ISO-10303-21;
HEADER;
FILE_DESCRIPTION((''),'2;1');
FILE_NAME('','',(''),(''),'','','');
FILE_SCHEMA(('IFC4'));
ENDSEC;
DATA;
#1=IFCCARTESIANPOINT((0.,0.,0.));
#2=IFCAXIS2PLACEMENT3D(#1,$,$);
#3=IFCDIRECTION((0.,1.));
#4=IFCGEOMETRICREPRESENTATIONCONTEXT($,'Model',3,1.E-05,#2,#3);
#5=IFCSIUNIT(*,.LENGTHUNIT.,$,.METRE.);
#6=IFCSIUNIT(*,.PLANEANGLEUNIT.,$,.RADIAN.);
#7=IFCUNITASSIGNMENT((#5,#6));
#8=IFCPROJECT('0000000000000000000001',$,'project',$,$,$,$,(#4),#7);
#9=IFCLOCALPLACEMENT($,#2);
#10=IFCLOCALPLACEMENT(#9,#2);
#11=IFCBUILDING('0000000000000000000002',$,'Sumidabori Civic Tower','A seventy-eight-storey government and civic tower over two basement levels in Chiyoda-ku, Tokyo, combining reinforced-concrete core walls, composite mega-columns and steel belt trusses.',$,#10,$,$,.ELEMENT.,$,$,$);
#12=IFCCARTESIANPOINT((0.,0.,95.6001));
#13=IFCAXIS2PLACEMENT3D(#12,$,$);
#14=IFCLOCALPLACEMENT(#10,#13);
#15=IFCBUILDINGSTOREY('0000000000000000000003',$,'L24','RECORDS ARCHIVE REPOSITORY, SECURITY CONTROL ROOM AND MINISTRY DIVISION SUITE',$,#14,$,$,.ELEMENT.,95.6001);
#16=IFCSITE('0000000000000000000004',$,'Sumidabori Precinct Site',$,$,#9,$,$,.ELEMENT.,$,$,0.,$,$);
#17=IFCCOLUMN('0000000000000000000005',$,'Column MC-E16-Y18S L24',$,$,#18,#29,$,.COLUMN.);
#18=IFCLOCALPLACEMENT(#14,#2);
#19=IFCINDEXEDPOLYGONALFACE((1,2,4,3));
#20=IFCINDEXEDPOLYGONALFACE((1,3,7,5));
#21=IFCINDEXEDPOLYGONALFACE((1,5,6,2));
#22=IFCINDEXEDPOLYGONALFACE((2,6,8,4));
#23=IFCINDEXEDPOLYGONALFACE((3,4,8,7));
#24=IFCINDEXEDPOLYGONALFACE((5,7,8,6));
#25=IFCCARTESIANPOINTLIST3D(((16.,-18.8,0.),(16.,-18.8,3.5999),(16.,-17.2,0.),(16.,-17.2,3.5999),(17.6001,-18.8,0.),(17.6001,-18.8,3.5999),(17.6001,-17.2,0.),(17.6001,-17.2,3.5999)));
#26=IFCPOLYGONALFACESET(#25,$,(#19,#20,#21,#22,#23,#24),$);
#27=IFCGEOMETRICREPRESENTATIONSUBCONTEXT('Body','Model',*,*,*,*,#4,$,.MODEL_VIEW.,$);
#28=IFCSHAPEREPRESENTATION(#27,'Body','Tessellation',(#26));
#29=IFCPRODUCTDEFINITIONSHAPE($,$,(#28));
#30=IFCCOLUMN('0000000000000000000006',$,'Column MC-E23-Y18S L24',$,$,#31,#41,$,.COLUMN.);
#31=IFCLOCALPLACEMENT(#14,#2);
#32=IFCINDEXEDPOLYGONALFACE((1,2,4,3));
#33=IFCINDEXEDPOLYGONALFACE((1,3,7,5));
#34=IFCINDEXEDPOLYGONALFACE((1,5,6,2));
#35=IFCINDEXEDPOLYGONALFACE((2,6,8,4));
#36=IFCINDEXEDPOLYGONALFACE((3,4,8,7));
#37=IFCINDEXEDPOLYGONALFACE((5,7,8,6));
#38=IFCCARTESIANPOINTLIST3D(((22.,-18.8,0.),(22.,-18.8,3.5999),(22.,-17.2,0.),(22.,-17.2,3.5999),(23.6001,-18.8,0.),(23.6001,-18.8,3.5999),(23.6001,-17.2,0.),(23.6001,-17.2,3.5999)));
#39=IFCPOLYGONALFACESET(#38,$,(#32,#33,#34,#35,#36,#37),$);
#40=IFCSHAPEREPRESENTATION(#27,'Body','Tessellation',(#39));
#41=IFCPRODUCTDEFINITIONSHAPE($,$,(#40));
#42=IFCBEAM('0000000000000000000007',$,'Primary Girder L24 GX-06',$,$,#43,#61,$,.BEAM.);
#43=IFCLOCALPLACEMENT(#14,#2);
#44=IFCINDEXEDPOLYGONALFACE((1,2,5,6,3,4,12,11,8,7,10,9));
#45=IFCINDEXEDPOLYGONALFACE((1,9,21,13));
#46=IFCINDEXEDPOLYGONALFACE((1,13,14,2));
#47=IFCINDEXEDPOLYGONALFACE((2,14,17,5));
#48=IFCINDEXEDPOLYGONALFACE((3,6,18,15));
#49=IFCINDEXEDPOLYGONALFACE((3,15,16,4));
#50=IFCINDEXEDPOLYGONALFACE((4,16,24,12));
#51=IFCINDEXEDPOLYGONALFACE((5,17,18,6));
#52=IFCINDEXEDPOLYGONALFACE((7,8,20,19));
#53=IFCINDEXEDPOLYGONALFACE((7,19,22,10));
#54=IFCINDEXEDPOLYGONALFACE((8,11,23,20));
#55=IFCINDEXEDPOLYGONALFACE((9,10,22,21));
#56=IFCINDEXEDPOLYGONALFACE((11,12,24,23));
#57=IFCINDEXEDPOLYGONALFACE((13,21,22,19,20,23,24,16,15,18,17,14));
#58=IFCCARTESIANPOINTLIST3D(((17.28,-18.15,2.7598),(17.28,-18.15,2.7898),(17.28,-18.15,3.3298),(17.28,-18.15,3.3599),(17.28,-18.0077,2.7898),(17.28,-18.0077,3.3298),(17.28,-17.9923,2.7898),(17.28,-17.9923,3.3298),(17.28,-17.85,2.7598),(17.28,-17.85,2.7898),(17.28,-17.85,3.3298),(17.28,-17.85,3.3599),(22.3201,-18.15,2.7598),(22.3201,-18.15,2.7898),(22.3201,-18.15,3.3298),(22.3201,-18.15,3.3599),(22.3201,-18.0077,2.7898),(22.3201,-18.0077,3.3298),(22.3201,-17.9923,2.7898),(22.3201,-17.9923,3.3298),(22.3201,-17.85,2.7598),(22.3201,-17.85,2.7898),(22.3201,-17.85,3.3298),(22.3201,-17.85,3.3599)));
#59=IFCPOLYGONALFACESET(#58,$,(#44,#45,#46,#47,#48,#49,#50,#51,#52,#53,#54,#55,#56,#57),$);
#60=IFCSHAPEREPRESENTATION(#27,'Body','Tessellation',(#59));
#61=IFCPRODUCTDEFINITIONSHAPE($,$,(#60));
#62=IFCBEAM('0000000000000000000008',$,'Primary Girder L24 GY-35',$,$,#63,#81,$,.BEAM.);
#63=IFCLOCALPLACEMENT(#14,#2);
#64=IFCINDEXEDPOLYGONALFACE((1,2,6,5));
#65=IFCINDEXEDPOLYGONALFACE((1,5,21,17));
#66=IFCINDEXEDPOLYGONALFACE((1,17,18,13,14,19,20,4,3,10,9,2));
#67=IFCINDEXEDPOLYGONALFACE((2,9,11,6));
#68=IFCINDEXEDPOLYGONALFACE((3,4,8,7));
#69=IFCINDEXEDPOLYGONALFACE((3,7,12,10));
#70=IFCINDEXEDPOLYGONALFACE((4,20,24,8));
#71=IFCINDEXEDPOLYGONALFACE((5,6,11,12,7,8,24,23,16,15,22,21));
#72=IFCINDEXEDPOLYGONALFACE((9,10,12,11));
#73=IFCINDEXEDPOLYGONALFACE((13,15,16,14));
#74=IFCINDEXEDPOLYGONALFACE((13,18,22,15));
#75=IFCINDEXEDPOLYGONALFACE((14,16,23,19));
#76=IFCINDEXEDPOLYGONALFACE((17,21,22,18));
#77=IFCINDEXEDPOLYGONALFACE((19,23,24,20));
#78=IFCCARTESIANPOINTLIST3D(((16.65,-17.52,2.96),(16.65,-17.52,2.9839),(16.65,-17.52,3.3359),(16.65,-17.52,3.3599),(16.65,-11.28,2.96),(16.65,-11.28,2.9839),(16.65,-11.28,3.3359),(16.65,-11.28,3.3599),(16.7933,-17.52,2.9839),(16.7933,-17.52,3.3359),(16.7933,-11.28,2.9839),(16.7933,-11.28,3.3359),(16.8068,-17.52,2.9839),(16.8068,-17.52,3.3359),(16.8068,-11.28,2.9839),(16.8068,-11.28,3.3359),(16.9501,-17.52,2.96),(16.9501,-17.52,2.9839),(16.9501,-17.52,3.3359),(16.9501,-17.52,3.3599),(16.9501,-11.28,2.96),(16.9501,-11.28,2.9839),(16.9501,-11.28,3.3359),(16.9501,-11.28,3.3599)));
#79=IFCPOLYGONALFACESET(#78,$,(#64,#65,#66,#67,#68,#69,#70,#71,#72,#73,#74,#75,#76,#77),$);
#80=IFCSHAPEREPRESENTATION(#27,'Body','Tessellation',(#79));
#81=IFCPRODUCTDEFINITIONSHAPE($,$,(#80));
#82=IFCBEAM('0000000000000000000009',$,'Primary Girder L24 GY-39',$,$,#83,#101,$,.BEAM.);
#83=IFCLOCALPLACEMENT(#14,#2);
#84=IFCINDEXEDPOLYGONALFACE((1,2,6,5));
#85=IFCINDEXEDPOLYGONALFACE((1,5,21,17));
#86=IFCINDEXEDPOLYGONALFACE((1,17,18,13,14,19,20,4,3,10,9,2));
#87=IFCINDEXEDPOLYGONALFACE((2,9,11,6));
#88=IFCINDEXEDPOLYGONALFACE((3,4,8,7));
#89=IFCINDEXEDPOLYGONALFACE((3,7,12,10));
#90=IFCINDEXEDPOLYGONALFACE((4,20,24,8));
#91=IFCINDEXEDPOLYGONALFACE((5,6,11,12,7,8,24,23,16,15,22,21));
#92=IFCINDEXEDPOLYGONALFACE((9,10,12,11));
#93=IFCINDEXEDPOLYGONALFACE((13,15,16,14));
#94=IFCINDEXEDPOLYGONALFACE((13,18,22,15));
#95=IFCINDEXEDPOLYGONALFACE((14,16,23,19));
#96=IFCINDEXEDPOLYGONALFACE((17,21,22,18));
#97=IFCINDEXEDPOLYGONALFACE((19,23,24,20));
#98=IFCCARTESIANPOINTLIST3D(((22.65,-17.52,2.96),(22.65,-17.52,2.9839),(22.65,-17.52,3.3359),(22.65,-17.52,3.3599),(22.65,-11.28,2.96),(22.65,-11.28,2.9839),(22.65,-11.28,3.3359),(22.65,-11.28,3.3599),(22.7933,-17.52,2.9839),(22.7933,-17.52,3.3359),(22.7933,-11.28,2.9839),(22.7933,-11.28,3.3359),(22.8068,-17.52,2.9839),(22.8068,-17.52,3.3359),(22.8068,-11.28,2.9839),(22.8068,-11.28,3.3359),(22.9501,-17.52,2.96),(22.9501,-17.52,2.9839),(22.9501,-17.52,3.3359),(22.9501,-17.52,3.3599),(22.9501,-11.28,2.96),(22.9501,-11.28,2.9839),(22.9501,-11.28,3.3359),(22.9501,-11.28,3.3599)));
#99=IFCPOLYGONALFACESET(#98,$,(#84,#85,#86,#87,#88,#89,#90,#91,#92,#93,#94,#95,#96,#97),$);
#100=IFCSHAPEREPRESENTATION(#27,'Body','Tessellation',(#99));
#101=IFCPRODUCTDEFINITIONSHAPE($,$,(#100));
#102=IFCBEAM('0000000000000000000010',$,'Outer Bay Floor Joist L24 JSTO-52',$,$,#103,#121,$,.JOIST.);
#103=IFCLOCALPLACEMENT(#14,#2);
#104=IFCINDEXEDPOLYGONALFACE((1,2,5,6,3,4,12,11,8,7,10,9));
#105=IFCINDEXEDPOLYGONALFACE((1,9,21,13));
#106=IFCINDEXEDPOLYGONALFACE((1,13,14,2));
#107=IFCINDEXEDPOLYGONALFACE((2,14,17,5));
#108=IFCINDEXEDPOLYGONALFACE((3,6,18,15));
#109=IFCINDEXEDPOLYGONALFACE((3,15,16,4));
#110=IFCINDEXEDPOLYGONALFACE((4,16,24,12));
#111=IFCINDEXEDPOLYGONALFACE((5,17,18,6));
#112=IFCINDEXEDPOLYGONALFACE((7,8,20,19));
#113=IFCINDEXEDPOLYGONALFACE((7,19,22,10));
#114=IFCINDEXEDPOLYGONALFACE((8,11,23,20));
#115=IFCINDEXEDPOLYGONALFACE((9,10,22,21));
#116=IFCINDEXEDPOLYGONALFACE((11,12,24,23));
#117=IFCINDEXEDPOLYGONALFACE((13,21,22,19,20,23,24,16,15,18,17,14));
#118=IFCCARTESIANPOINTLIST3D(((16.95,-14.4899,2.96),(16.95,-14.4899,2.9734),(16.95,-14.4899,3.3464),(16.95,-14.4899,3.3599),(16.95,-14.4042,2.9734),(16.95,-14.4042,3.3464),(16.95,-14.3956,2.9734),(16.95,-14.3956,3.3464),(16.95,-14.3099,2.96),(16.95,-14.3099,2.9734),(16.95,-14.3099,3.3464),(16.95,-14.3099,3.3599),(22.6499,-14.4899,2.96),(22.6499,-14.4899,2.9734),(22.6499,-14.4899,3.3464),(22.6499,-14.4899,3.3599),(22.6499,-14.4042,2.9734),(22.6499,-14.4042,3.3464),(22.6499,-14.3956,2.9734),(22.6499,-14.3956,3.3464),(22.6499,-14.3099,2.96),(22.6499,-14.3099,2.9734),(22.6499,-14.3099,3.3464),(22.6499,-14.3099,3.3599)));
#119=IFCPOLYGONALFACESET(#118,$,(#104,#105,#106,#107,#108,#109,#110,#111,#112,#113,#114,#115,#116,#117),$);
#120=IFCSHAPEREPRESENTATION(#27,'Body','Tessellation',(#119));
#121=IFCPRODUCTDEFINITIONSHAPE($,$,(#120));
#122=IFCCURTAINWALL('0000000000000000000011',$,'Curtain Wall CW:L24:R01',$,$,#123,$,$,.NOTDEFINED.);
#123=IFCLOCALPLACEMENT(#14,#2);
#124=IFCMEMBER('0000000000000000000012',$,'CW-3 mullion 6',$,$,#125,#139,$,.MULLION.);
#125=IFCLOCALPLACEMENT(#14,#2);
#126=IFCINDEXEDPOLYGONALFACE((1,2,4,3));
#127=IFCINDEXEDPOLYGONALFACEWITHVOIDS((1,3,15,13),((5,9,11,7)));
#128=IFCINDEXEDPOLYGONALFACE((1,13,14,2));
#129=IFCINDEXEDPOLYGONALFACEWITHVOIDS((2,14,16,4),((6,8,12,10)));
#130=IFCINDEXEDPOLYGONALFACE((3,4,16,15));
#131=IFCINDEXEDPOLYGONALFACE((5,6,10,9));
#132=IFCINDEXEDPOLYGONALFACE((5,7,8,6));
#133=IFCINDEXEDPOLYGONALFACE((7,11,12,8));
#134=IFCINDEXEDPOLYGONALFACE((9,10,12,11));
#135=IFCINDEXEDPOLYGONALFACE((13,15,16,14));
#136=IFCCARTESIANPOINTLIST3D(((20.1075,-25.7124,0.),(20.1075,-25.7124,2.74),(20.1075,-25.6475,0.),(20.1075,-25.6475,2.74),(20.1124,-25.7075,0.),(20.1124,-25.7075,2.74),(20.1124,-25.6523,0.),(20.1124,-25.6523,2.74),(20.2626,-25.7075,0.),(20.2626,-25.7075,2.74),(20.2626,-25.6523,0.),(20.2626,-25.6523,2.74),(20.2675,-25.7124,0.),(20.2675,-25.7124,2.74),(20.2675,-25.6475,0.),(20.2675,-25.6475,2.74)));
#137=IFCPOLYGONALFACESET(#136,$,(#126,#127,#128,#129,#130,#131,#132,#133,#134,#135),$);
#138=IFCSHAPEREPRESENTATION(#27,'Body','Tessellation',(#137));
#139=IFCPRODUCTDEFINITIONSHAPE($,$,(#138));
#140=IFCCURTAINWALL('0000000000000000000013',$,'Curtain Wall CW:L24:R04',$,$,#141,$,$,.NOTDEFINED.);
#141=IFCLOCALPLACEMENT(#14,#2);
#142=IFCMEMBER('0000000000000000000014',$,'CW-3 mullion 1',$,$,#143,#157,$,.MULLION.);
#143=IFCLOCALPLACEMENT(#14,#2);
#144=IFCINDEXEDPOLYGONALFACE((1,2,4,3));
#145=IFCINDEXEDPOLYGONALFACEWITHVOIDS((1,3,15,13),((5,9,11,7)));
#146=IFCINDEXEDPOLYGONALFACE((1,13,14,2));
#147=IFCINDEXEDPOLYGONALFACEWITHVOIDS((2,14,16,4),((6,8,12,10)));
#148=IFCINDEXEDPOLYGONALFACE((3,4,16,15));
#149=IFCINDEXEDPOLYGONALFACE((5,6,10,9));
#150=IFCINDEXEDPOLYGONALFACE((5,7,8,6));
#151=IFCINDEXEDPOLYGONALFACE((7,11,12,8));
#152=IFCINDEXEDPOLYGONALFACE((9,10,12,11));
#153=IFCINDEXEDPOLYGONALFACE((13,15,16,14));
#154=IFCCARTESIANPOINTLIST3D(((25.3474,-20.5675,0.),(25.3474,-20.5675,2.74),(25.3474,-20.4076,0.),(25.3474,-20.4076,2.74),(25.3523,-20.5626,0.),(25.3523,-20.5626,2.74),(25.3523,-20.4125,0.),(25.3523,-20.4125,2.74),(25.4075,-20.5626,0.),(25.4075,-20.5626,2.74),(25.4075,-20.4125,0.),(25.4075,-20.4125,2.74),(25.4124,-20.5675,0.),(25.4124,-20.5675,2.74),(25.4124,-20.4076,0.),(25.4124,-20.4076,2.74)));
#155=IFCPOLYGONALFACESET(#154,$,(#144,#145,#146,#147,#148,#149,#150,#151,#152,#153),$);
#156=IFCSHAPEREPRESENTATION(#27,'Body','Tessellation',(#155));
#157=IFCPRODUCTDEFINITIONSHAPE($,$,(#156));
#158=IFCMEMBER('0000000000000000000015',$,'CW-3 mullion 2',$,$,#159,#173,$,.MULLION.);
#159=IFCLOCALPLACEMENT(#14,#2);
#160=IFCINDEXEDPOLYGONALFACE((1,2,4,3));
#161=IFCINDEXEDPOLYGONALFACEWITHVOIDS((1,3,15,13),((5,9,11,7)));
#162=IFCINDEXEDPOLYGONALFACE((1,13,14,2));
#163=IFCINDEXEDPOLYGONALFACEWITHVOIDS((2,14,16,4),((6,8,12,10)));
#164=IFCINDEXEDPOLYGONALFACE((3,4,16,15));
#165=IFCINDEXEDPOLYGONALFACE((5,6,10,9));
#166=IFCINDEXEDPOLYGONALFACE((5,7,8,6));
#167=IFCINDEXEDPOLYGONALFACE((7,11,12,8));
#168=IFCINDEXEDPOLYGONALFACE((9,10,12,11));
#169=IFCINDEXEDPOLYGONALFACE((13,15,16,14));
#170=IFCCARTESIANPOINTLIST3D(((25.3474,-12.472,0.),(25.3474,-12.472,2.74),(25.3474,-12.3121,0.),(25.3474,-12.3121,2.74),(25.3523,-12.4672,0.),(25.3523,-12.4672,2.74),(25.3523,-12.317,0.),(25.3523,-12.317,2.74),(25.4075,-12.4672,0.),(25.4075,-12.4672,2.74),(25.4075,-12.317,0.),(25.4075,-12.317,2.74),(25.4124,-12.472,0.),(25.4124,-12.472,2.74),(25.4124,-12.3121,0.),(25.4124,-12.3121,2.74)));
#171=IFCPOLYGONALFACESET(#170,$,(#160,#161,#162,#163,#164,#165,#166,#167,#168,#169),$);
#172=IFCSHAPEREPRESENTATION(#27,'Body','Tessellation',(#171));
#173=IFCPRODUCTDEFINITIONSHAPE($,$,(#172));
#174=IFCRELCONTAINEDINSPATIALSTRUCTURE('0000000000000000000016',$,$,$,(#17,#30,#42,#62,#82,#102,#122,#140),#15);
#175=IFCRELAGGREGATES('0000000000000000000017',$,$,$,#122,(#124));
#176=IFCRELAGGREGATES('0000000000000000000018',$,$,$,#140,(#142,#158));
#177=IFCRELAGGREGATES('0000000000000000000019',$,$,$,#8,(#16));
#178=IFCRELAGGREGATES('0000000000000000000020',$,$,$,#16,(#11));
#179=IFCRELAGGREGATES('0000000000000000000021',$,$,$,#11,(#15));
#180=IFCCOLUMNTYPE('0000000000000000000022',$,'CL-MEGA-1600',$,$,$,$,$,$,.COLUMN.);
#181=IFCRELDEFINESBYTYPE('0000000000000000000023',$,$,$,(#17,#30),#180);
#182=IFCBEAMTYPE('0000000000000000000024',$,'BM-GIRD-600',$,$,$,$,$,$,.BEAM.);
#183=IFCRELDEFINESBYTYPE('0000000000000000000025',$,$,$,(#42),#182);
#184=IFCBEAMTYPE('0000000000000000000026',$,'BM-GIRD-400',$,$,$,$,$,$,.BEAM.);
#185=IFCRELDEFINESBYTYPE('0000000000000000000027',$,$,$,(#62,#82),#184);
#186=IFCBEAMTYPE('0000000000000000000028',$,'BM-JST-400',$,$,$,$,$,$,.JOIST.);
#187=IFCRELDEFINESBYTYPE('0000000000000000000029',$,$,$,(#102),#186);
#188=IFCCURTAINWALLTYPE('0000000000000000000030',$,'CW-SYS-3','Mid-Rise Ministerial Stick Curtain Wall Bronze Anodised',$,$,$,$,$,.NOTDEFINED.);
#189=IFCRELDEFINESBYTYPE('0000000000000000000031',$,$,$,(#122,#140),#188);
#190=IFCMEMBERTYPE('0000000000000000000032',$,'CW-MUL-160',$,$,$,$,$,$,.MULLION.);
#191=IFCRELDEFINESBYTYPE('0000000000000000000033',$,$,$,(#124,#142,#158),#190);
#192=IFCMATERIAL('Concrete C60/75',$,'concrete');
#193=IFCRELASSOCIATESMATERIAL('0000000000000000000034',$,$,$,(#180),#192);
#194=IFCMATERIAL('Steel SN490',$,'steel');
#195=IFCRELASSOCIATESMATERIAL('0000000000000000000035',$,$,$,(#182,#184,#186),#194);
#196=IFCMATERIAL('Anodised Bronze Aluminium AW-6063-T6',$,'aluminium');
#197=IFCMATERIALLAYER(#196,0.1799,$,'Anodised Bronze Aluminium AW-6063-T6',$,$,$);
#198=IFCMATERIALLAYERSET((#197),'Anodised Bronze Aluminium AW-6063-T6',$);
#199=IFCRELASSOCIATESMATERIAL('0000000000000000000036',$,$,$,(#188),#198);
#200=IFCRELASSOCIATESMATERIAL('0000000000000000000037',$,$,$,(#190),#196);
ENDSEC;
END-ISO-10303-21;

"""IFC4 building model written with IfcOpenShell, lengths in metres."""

from ifc_helpers import new_model, si_unit, direction, frame, origin, origin_2d, place, context, subcontext, project, spatial, rectangle, hollow_rectangle, i_section, extrude, source, transform, mapped, material, layer, layer_set, material_profile, profile_set, type_object, element, aggregate, save


model = new_model("IFC4")

# Units and contexts
model_context = context("Model", 3, precision=1e-05, world=origin(), true_north=direction((0.0, 1.0)))
body_context = subcontext(model_context, "Body", "Model", "MODEL_VIEW")
ifc_project = project(units=[si_unit("LENGTHUNIT", "METRE"), si_unit("PLANEANGLEUNIT", "RADIAN")], contexts=[model_context])

# Site, building, storey
site_placement = place(None, origin())
site = spatial("IfcSite", under=ifc_project, at=site_placement, Name="Sumidabori Precinct Site", CompositionType="ELEMENT", RefElevation=0.0)
building_placement = place(site_placement, origin())
building = spatial("IfcBuilding", under=site, at=building_placement, Name="Sumidabori Civic Tower", Description="A seventy-eight-storey government and civic tower over two basement levels in Chiyoda-ku, Tokyo, combining reinforced-concrete core walls, composite mega-columns and steel belt trusses.", CompositionType="ELEMENT")
storey_placement = place(building_placement, frame((0.0, 0.0, 95.6001)))
storey = spatial("IfcBuildingStorey", under=building, at=storey_placement, Name="L24", Description="RECORDS ARCHIVE REPOSITORY, SECURITY CONTROL ROOM AND MINISTRY DIVISION SUITE", CompositionType="ELEMENT", Elevation=95.6001)

# Columns
ifc_material_1 = material(Name="Concrete C60/75", Category="concrete")
ifc_material_profile_1 = material_profile(ifc_material_1, rectangle(XDim=1.6001, YDim=1.6001, at=origin_2d()), Name="RC 1600x1600")
ifc_profile_set_1 = profile_set([ifc_material_profile_1], Name="Concrete C60/75")
column_type = type_object("IfcColumnType", Name="CL-MEGA-1600", PredefinedType="COLUMN", material=ifc_profile_set_1)
shared_shape_1 = source(origin(), body_context, "Body", "SweptSolid", [
    extrude(rectangle(XDim=1.6001, YDim=1.6001, at=origin_2d()), origin(), (0.0, 0.0, 1.0), 3.5999),
])
for number, where, z_axis, x_axis, name in (
    (1, (16.8, -18.0, 0.0), (0.0, 0.0, 1.0), (1.0, 0.0, 0.0), "Column MC-E16-Y18S L24"),
    (2, (22.8, -18.0, 0.0), (0.0, 0.0, 1.0), (1.0, 0.0, 0.0), "Column MC-E23-Y18S L24"),
):
    element("IfcColumn", number, at=place(storey_placement, frame(where, z_axis=z_axis, x_axis=x_axis)), inside=storey, type_object=column_type, Name=name, PredefinedType="COLUMN", context=body_context, shape_type="MappedRepresentation", body=[
        mapped(shared_shape_1, transform((0.0, 0.0, 0.0), x_axis=(1.0, 0.0, 0.0), y_axis=(0.0, 1.0, 0.0), z_axis=(0.0, 0.0, 1.0), scale=1.0)),
    ])

# Beams
ifc_material_2 = material(Name="Steel SN490", Category="steel")
ifc_material_profile_2 = material_profile(ifc_material_2, i_section(OverallWidth=0.3, OverallDepth=0.6001, WebThickness=0.0154, FlangeThickness=0.03, at=origin_2d()), Name="HE 600 B")
ifc_profile_set_2 = profile_set([ifc_material_profile_2], Name="Steel SN490")
beam_type_1 = type_object("IfcBeamType", Name="BM-GIRD-600", PredefinedType="BEAM", material=ifc_profile_set_2)
shared_shape_2 = source(origin(), body_context, "Body", "SweptSolid", [
    extrude(i_section(OverallWidth=0.3, OverallDepth=0.6001, WebThickness=0.0154, FlangeThickness=0.03, at=origin_2d()), origin(), (0.0, 0.0, 1.0), 5.04),
])
beam_1_placement = place(storey_placement, frame((17.28, -18.0, 3.0598), z_axis=(1.0, 0.0, 0.0), x_axis=(0.0, 1.0, 0.0)))
element("IfcBeam", 3, at=beam_1_placement, inside=storey, type_object=beam_type_1, Name="Primary Girder L24 GX-06", PredefinedType="BEAM", context=body_context, shape_type="MappedRepresentation", body=[
    mapped(shared_shape_2, transform((0.0, 0.0, 0.0), x_axis=(1.0, 0.0, 0.0), y_axis=(0.0, 1.0, 0.0), z_axis=(0.0, 0.0, 1.0), scale=1.0)),
])
ifc_material_profile_3 = material_profile(ifc_material_2, i_section(OverallWidth=0.3, OverallDepth=0.3999, WebThickness=0.0134, FlangeThickness=0.0239, at=origin_2d()), Name="HE 400 B")
ifc_profile_set_3 = profile_set([ifc_material_profile_3], Name="Steel SN490")
beam_type_2 = type_object("IfcBeamType", Name="BM-GIRD-400", PredefinedType="BEAM", material=ifc_profile_set_3)
shared_shape_3 = source(origin(), body_context, "Body", "SweptSolid", [
    extrude(i_section(OverallWidth=0.3, OverallDepth=0.3999, WebThickness=0.0134, FlangeThickness=0.0239, at=origin_2d()), origin(), (0.0, 0.0, 1.0), 6.24),
])
for number, where, z_axis, x_axis, name in (
    (4, (16.8, -17.52, 3.1599), (0.0, 1.0, 0.0), (-1.0, 0.0, 0.0), "Primary Girder L24 GY-35"),
    (5, (22.8, -17.52, 3.1599), (0.0, 1.0, 0.0), (-1.0, 0.0, 0.0), "Primary Girder L24 GY-39"),
):
    element("IfcBeam", number, at=place(storey_placement, frame(where, z_axis=z_axis, x_axis=x_axis)), inside=storey, type_object=beam_type_2, Name=name, PredefinedType="BEAM", context=body_context, shape_type="MappedRepresentation", body=[
        mapped(shared_shape_3, transform((0.0, 0.0, 0.0), x_axis=(1.0, 0.0, 0.0), y_axis=(0.0, 1.0, 0.0), z_axis=(0.0, 0.0, 1.0), scale=1.0)),
    ])
ifc_material_profile_4 = material_profile(ifc_material_2, i_section(OverallWidth=0.1799, OverallDepth=0.3999, WebThickness=0.0085, FlangeThickness=0.0134, at=origin_2d()), Name="IPE 400")
ifc_profile_set_4 = profile_set([ifc_material_profile_4], Name="Steel SN490")
beam_type_3 = type_object("IfcBeamType", Name="BM-JST-400", PredefinedType="JOIST", material=ifc_profile_set_4)
shared_shape_4 = source(origin(), body_context, "Body", "SweptSolid", [
    extrude(i_section(OverallWidth=0.1799, OverallDepth=0.3999, WebThickness=0.0085, FlangeThickness=0.0134, at=origin_2d()), origin(), (0.0, 0.0, 1.0), 5.7),
])
beam_2_placement = place(storey_placement, frame((16.95, -14.3999, 3.1599), z_axis=(1.0, 0.0, 0.0), x_axis=(0.0, 1.0, 0.0)))
element("IfcBeam", 6, at=beam_2_placement, inside=storey, type_object=beam_type_3, Name="Outer Bay Floor Joist L24 JSTO-52", PredefinedType="JOIST", context=body_context, shape_type="MappedRepresentation", body=[
    mapped(shared_shape_4, transform((0.0, 0.0, 0.0), x_axis=(1.0, 0.0, 0.0), y_axis=(0.0, 1.0, 0.0), z_axis=(0.0, 0.0, 1.0), scale=1.0)),
])

# Curtain wall, member
ifc_material_3 = material(Name="Anodised Bronze Aluminium AW-6063-T6", Category="aluminium")
ifc_layer_1 = layer(ifc_material_3, 0.1799, Name="Anodised Bronze Aluminium AW-6063-T6")
ifc_layer_set_1 = layer_set([ifc_layer_1], Name="Anodised Bronze Aluminium AW-6063-T6")
curtain_wall_type = type_object("IfcCurtainWallType", Name="CW-SYS-3", Description="Mid-Rise Ministerial Stick Curtain Wall Bronze Anodised", PredefinedType="NOTDEFINED", material=ifc_layer_set_1)
curtain_wall_1_placement = place(storey_placement, origin())
curtain_wall_1 = element("IfcCurtainWall", 7, at=curtain_wall_1_placement, inside=storey, type_object=curtain_wall_type, Name="Curtain Wall CW:L24:R01", PredefinedType="NOTDEFINED")
ifc_material_profile_5 = material_profile(ifc_material_3, hollow_rectangle(XDim=0.0649, YDim=0.1599, WallThickness=0.0049, at=origin_2d()), Name="ALU MULLION 160x65")
ifc_profile_set_5 = profile_set([ifc_material_profile_5], Name="Anodised Bronze Aluminium AW-6063-T6")
member_type_1 = type_object("IfcMemberType", Name="CW-MUL-160", PredefinedType="MULLION", material=ifc_profile_set_5)
shared_shape_5 = source(origin(), body_context, "Body", "SweptSolid", [
    extrude(hollow_rectangle(XDim=0.0649, YDim=0.1599, WallThickness=0.0049, at=origin_2d()), origin(), (0.0, 0.0, 1.0), 2.74),
])
member_1_placement = place(storey_placement, frame((20.1875, -25.6799, 0.0), z_axis=(0.0, 0.0, 1.0), x_axis=(0.0, 1.0, 0.0)))
member_1 = element("IfcMember", 8, at=member_1_placement, type_object=member_type_1, Name="CW-3 mullion 6", PredefinedType="MULLION", context=body_context, shape_type="MappedRepresentation", body=[
    mapped(shared_shape_5, transform((0.0, 0.0, 0.0), x_axis=(1.0, 0.0, 0.0), y_axis=(0.0, 1.0, 0.0), z_axis=(0.0, 0.0, 1.0), scale=1.0)),
])

# Curtain wall, members
curtain_wall_2_placement = place(storey_placement, origin())
curtain_wall_2 = element("IfcCurtainWall", 9, at=curtain_wall_2_placement, inside=storey, type_object=curtain_wall_type, Name="Curtain Wall CW:L24:R04", PredefinedType="NOTDEFINED")
member_2_placement = place(storey_placement, frame((25.3799, -20.4875, 0.0), z_axis=(0.0, 0.0, 1.0), x_axis=(-1.0, 0.0, 0.0)))
member_2 = element("IfcMember", 10, at=member_2_placement, type_object=member_type_1, Name="CW-3 mullion 1", PredefinedType="MULLION", context=body_context, shape_type="MappedRepresentation", body=[
    mapped(shared_shape_5, transform((0.0, 0.0, 0.0), x_axis=(1.0, 0.0, 0.0), y_axis=(0.0, 1.0, 0.0), z_axis=(0.0, 0.0, 1.0), scale=1.0)),
])
member_3_placement = place(storey_placement, frame((25.3799, -12.3921, 0.0), z_axis=(0.0, 0.0, 1.0), x_axis=(-1.0, 0.0, 0.0)))
member_3 = element("IfcMember", 11, at=member_3_placement, type_object=member_type_1, Name="CW-3 mullion 2", PredefinedType="MULLION", context=body_context, shape_type="MappedRepresentation", body=[
    mapped(shared_shape_5, transform((0.0, 0.0, 0.0), x_axis=(1.0, 0.0, 0.0), y_axis=(0.0, 1.0, 0.0), z_axis=(0.0, 0.0, 1.0), scale=1.0)),
])

aggregate(curtain_wall_1, [member_1])
aggregate(curtain_wall_2, [member_2, member_3])

save(model, "model.ifc")
